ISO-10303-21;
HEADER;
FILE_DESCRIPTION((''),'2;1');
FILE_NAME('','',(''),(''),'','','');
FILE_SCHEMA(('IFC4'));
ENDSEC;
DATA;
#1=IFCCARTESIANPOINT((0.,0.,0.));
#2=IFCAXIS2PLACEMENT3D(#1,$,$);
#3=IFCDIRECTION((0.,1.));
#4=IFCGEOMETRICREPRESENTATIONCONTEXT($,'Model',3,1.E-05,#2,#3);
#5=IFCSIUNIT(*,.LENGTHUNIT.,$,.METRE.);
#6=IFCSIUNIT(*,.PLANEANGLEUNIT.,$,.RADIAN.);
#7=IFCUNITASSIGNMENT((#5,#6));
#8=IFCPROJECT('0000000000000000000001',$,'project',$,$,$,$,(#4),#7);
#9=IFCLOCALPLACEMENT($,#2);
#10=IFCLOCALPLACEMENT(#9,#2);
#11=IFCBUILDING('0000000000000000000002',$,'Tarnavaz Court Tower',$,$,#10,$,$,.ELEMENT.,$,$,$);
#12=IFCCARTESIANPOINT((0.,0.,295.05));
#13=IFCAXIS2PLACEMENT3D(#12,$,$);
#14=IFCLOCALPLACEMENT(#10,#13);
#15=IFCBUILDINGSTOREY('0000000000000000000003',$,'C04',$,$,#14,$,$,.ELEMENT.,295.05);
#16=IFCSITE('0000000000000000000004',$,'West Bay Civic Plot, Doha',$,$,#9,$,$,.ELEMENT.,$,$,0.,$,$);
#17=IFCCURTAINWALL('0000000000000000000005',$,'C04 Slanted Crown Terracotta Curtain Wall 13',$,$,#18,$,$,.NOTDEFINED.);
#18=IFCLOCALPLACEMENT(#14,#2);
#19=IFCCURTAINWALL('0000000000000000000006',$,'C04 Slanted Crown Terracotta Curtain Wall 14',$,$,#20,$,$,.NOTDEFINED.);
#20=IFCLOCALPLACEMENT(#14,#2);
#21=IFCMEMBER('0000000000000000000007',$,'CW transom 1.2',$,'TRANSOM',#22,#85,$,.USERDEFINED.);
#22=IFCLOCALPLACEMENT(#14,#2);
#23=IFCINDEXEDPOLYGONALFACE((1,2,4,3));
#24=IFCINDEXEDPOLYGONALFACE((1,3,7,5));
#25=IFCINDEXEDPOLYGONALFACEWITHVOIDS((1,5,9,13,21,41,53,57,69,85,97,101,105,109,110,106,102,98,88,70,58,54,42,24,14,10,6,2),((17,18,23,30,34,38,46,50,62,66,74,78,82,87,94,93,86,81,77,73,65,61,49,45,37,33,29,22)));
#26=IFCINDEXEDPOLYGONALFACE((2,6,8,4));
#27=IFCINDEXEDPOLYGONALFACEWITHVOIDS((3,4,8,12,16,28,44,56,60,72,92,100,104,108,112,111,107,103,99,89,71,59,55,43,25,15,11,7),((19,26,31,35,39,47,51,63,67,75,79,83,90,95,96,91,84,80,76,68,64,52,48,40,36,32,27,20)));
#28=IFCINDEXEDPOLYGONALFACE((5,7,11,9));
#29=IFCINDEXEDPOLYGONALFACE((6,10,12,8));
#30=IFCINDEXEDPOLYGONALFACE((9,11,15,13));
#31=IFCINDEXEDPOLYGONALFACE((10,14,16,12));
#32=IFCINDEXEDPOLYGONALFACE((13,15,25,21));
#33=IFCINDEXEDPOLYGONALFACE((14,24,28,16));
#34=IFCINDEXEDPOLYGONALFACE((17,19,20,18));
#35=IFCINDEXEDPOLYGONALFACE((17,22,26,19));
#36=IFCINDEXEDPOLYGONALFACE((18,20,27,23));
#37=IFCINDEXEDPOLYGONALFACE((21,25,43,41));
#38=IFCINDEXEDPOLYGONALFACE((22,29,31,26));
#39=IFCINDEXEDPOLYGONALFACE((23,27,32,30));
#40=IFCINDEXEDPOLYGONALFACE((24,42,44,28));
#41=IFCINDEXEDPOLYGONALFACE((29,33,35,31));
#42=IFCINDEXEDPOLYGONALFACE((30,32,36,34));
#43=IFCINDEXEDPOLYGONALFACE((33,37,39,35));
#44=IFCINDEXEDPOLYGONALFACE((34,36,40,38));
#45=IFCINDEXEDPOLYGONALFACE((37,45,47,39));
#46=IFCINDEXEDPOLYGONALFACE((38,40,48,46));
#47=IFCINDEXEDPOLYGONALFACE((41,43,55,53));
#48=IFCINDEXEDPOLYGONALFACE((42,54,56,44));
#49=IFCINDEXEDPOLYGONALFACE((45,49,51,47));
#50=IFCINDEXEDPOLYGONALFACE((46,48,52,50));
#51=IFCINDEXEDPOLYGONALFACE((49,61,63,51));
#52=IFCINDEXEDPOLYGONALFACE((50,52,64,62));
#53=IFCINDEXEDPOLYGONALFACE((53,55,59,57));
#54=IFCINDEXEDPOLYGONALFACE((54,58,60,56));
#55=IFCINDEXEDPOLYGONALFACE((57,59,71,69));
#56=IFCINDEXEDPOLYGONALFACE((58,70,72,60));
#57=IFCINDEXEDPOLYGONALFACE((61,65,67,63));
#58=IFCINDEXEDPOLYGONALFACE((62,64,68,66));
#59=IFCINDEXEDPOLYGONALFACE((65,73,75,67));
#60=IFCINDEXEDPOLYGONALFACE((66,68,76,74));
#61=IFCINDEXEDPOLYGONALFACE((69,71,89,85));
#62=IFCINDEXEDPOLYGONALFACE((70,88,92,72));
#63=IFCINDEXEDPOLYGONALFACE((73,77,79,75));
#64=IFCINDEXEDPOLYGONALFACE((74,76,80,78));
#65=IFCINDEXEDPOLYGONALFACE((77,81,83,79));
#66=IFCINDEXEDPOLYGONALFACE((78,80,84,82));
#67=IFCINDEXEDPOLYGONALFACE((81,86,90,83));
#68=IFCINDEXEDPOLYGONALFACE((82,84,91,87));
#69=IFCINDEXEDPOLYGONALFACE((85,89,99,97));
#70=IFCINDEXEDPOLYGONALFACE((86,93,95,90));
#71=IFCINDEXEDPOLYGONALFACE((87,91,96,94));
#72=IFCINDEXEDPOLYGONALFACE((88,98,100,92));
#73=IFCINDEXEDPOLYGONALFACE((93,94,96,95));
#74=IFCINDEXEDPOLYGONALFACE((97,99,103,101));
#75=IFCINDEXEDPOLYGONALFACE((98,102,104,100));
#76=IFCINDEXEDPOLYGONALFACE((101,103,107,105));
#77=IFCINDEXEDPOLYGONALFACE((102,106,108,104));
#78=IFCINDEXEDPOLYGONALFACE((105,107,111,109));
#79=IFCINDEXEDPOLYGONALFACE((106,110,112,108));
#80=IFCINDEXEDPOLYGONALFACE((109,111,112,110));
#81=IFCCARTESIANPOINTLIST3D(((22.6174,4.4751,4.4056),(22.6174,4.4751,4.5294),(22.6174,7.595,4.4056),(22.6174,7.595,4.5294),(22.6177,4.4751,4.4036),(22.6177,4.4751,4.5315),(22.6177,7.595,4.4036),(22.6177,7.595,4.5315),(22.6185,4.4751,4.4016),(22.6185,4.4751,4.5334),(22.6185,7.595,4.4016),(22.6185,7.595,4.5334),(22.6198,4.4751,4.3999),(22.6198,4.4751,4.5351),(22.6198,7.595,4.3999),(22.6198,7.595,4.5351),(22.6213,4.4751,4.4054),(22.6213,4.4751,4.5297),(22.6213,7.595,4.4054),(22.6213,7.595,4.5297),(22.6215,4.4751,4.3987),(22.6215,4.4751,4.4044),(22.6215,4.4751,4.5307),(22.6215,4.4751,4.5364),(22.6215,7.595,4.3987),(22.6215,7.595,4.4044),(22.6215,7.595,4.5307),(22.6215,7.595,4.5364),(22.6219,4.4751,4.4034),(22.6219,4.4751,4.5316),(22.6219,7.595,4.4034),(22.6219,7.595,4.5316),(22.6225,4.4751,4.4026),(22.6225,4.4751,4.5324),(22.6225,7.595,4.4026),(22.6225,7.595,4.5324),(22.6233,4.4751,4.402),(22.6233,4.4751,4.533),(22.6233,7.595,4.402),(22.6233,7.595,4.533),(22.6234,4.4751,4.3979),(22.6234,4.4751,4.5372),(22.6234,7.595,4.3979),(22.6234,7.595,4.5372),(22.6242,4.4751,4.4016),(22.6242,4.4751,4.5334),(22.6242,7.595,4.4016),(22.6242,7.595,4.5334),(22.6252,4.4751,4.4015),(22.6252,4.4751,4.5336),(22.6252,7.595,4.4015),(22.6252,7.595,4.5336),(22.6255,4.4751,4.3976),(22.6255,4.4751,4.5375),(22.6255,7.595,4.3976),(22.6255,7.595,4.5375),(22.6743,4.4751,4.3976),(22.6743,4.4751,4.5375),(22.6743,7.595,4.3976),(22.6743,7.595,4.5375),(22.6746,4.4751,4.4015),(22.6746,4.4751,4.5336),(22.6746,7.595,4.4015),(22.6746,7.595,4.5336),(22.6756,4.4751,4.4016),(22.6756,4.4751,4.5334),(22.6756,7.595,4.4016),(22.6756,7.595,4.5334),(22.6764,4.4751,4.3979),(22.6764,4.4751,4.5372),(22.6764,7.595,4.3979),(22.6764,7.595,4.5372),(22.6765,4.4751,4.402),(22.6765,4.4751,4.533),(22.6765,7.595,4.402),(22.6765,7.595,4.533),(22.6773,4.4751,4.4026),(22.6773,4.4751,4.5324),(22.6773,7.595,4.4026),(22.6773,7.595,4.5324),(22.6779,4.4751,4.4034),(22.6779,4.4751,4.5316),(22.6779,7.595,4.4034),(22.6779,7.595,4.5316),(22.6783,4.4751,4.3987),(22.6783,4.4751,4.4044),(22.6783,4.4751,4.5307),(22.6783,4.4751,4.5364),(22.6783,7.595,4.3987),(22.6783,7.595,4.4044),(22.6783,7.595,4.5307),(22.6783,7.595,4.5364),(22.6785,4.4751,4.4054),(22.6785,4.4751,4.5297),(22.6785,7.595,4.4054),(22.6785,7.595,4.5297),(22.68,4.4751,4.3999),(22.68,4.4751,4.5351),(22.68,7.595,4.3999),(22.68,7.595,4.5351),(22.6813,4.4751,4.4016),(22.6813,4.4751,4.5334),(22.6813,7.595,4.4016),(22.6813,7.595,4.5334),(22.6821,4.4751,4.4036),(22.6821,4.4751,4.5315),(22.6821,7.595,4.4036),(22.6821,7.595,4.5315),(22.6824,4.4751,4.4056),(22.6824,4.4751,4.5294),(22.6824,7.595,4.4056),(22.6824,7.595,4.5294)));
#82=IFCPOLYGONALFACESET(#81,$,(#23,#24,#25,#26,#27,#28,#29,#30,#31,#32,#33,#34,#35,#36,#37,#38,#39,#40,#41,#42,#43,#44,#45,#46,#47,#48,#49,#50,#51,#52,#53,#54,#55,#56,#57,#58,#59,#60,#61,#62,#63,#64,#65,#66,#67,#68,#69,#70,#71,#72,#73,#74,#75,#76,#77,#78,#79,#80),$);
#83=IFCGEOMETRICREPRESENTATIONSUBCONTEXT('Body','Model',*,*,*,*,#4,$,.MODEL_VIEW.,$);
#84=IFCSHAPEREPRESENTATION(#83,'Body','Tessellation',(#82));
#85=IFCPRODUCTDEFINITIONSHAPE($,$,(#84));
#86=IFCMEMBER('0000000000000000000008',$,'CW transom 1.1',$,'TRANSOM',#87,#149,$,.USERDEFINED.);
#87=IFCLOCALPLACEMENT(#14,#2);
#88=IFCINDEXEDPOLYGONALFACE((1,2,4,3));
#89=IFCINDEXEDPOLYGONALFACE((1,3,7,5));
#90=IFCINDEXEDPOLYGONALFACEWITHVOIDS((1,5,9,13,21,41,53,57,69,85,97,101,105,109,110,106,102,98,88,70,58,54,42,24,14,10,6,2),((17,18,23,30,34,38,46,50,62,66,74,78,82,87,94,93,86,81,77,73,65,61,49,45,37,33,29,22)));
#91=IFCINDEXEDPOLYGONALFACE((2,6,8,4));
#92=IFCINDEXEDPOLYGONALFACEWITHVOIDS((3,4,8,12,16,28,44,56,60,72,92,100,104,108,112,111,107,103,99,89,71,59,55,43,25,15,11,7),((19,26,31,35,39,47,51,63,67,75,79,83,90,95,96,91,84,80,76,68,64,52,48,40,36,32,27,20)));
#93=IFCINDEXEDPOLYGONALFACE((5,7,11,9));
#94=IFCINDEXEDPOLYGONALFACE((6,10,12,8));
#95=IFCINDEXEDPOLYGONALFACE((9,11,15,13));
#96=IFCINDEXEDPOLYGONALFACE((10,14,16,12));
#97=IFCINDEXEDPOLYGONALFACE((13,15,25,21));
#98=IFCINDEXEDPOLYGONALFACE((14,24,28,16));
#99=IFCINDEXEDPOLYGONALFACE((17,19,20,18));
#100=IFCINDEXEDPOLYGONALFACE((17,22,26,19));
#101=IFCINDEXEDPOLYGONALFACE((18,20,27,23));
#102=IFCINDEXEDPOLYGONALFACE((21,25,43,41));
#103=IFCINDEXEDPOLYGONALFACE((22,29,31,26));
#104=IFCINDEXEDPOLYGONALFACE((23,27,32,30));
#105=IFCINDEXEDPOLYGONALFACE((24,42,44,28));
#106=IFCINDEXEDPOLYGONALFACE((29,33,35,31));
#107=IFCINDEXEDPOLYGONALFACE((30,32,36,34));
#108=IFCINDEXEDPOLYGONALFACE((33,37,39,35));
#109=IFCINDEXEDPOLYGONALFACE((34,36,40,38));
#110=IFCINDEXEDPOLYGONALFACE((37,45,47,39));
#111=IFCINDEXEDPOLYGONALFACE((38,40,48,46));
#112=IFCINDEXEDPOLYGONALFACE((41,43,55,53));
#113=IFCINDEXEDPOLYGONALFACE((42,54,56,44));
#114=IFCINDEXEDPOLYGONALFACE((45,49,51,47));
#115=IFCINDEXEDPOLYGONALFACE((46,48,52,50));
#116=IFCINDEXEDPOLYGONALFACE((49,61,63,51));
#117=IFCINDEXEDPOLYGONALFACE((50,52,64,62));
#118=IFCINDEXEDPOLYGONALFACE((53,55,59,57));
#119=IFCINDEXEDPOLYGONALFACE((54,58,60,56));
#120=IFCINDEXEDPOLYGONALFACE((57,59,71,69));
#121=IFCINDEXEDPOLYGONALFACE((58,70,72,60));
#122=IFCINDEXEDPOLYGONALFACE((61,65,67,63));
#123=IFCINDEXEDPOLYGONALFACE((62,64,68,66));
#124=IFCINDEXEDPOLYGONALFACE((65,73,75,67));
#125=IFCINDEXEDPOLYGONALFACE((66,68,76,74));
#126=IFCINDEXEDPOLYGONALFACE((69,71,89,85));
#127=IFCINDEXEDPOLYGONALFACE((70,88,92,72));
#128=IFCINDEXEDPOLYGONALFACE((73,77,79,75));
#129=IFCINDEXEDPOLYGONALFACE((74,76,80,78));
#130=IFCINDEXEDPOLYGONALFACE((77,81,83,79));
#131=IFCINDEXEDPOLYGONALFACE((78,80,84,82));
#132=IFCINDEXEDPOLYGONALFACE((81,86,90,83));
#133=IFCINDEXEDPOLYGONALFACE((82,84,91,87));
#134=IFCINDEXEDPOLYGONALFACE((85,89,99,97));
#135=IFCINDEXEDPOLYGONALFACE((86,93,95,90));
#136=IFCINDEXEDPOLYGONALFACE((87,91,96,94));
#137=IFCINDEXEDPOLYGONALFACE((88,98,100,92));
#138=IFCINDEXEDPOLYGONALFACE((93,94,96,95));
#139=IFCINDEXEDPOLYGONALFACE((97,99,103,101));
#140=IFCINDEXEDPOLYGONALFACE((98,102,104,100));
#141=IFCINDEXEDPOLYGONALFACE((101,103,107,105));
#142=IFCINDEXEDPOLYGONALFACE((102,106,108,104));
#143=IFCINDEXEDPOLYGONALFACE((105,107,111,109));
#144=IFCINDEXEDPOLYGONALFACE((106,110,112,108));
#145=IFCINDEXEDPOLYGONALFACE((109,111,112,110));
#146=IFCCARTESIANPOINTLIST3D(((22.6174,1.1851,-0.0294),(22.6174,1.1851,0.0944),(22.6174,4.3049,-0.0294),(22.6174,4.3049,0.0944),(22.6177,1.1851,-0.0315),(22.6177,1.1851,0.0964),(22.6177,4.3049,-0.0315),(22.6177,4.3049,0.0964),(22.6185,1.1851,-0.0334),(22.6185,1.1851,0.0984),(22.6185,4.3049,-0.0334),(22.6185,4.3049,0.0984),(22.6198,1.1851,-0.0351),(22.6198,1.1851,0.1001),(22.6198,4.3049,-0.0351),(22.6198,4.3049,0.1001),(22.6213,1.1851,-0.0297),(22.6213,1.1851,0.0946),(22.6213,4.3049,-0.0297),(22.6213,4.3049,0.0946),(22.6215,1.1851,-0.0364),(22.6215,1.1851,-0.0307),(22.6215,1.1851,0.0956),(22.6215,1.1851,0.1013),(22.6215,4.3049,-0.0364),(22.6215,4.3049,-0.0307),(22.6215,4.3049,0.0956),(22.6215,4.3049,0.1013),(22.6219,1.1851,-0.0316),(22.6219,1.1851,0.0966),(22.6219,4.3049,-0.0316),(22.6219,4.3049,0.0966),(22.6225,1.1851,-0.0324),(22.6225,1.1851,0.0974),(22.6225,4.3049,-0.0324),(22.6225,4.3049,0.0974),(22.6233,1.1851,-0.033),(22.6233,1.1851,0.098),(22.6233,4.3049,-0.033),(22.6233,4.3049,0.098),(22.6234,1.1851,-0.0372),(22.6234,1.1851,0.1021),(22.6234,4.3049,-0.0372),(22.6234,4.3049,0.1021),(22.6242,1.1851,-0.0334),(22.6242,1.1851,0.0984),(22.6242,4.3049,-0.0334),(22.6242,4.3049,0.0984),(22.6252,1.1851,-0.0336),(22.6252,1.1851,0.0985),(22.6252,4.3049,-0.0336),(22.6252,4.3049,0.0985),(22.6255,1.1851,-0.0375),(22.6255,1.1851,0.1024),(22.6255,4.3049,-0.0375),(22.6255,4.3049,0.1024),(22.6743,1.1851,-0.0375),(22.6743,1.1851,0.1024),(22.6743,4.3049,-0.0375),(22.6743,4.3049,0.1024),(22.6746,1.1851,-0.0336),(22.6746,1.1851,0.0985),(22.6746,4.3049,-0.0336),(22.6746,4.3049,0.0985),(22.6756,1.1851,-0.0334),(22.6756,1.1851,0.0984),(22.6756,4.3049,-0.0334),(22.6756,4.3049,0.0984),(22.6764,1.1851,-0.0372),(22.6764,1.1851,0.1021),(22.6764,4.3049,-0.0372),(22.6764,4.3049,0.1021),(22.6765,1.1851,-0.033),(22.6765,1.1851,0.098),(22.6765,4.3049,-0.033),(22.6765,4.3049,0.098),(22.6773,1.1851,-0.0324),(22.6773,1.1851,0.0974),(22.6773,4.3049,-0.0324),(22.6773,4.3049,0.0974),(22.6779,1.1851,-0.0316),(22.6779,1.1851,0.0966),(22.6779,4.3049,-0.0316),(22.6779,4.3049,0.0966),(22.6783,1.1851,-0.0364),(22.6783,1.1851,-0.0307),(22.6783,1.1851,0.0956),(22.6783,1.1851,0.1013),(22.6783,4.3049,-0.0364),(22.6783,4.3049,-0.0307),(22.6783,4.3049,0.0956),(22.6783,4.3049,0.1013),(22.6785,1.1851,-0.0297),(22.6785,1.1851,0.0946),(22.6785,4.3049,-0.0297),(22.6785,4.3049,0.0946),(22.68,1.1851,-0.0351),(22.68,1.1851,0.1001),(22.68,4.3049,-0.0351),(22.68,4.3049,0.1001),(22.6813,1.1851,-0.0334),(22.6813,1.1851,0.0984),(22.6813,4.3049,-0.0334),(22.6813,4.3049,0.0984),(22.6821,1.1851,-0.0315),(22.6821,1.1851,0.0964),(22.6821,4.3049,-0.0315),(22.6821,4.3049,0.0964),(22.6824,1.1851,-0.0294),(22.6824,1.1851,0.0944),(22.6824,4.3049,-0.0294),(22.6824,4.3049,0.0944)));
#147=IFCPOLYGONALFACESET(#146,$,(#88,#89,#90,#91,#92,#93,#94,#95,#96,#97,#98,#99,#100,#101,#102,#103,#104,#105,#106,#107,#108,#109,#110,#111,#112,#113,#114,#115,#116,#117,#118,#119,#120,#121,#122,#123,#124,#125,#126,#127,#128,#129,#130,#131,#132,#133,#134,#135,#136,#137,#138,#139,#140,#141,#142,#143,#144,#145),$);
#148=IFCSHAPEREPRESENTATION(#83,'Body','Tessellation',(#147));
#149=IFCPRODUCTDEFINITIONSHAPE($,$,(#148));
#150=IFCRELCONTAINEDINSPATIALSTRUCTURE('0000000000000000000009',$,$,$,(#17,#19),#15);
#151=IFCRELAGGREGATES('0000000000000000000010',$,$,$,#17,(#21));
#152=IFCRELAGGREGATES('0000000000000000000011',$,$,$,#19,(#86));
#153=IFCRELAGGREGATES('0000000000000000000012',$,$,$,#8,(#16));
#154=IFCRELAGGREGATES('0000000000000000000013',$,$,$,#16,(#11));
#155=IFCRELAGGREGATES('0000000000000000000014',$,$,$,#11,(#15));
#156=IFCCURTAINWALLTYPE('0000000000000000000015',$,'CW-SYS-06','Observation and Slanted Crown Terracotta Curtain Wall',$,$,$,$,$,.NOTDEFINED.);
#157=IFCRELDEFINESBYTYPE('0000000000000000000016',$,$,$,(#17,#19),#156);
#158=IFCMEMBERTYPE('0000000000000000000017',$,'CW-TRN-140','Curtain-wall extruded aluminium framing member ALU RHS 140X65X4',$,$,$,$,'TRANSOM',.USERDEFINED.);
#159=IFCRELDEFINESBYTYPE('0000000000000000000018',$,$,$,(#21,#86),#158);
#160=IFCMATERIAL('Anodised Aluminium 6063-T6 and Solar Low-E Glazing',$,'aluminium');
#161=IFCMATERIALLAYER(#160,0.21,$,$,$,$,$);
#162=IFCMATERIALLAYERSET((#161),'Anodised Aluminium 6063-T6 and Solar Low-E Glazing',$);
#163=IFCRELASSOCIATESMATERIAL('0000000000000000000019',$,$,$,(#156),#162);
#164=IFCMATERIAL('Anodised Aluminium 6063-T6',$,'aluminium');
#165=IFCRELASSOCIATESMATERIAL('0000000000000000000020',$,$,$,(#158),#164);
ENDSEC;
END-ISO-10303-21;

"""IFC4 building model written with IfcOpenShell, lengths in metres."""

from ifc_helpers import new_model, si_unit, direction, frame, origin, origin_2d, place, context, subcontext, project, spatial, hollow_rectangle, extrude, material, layer, layer_set, material_profile, profile_set, type_object, element, aggregate, save


model = new_model("IFC4")

# Units and contexts
model_context = context("Model", 3, precision=1e-05, world=origin(), true_north=direction((0.0, 1.0)))
body_context = subcontext(model_context, "Body", "Model", "MODEL_VIEW")
ifc_project = project(units=[si_unit("LENGTHUNIT", "METRE"), si_unit("PLANEANGLEUNIT", "RADIAN")], contexts=[model_context])

# Site, building, storey
site_placement = place(None, origin())
site = spatial("IfcSite", under=ifc_project, at=site_placement, Name="West Bay Civic Plot, Doha", CompositionType="ELEMENT", RefElevation=0.0)
building_placement = place(site_placement, origin())
building = spatial("IfcBuilding", under=site, at=building_placement, Name="Tarnavaz Court Tower", CompositionType="ELEMENT")
storey_placement = place(building_placement, frame((0.0, 0.0, 295.05)))
storey = spatial("IfcBuildingStorey", under=building, at=storey_placement, Name="C04", CompositionType="ELEMENT", Elevation=295.05)

# Shared definitions
ifc_material_1 = material(Name="Anodised Aluminium 6063-T6 and Solar Low-E Glazing", Category="aluminium")
ifc_layer_1 = layer(ifc_material_1, 0.21)
ifc_layer_set_1 = layer_set([ifc_layer_1], Name="Anodised Aluminium 6063-T6 and Solar Low-E Glazing")
curtain_wall_type = type_object("IfcCurtainWallType", Name="CW-SYS-06", Description="Observation and Slanted Crown Terracotta Curtain Wall", PredefinedType="NOTDEFINED", material=ifc_layer_set_1)
ifc_material_2 = material(Name="Anodised Aluminium 6063-T6", Category="aluminium")

# Curtain walls
curtain_wall_1_placement = place(storey_placement, origin())
curtain_wall_1 = element("IfcCurtainWall", 1, at=curtain_wall_1_placement, inside=storey, type_object=curtain_wall_type, Name="C04 Slanted Crown Terracotta Curtain Wall 13", PredefinedType="NOTDEFINED")
curtain_wall_2_placement = place(storey_placement, origin())
curtain_wall_2 = element("IfcCurtainWall", 2, at=curtain_wall_2_placement, inside=storey, type_object=curtain_wall_type, Name="C04 Slanted Crown Terracotta Curtain Wall 14", PredefinedType="NOTDEFINED")

# Members
ifc_material_profile_1 = material_profile(ifc_material_2, hollow_rectangle(XDim=0.0649, YDim=0.1399, WallThickness=0.0039, InnerFilletRadius=0.0039, OuterFilletRadius=0.0081, at=origin_2d()), Name="ALU RHS 140X65X4")
ifc_profile_set_1 = profile_set([ifc_material_profile_1], Name="Anodised Aluminium 6063-T6")
member_type_1 = type_object("IfcMemberType", Name="CW-TRN-140", Description="Curtain-wall extruded aluminium framing member ALU RHS 140X65X4", ElementType="TRANSOM", PredefinedType="USERDEFINED", material=ifc_profile_set_1)
member_1_placement = place(storey_placement, frame((22.6499, 7.595, 4.4675), z_axis=(0.0, -1.0, 0.0), x_axis=(1.0, 0.0, 0.0)))
member_1 = element("IfcMember", 3, at=member_1_placement, type_object=member_type_1, Name="CW transom 1.2", ObjectType="TRANSOM", PredefinedType="USERDEFINED", context=body_context, shape_type="SweptSolid", body=[
    extrude(hollow_rectangle(XDim=0.0649, YDim=0.1399, WallThickness=0.0039, InnerFilletRadius=0.0039, OuterFilletRadius=0.0081, at=origin_2d()), origin(), (0.0, 0.0, 1.0), 3.1199),
])
member_2_placement = place(storey_placement, frame((22.6499, 4.3049, 0.0325), z_axis=(0.0, -1.0, 0.0), x_axis=(1.0, 0.0, 0.0)))
member_2 = element("IfcMember", 4, at=member_2_placement, type_object=member_type_1, Name="CW transom 1.1", ObjectType="TRANSOM", PredefinedType="USERDEFINED", context=body_context, shape_type="SweptSolid", body=[
    extrude(hollow_rectangle(XDim=0.0649, YDim=0.1399, WallThickness=0.0039, InnerFilletRadius=0.0039, OuterFilletRadius=0.0081, at=origin_2d()), origin(), (0.0, 0.0, 1.0), 3.1199),
])

aggregate(curtain_wall_1, [member_1])
aggregate(curtain_wall_2, [member_2])

save(model, "model.ifc")
